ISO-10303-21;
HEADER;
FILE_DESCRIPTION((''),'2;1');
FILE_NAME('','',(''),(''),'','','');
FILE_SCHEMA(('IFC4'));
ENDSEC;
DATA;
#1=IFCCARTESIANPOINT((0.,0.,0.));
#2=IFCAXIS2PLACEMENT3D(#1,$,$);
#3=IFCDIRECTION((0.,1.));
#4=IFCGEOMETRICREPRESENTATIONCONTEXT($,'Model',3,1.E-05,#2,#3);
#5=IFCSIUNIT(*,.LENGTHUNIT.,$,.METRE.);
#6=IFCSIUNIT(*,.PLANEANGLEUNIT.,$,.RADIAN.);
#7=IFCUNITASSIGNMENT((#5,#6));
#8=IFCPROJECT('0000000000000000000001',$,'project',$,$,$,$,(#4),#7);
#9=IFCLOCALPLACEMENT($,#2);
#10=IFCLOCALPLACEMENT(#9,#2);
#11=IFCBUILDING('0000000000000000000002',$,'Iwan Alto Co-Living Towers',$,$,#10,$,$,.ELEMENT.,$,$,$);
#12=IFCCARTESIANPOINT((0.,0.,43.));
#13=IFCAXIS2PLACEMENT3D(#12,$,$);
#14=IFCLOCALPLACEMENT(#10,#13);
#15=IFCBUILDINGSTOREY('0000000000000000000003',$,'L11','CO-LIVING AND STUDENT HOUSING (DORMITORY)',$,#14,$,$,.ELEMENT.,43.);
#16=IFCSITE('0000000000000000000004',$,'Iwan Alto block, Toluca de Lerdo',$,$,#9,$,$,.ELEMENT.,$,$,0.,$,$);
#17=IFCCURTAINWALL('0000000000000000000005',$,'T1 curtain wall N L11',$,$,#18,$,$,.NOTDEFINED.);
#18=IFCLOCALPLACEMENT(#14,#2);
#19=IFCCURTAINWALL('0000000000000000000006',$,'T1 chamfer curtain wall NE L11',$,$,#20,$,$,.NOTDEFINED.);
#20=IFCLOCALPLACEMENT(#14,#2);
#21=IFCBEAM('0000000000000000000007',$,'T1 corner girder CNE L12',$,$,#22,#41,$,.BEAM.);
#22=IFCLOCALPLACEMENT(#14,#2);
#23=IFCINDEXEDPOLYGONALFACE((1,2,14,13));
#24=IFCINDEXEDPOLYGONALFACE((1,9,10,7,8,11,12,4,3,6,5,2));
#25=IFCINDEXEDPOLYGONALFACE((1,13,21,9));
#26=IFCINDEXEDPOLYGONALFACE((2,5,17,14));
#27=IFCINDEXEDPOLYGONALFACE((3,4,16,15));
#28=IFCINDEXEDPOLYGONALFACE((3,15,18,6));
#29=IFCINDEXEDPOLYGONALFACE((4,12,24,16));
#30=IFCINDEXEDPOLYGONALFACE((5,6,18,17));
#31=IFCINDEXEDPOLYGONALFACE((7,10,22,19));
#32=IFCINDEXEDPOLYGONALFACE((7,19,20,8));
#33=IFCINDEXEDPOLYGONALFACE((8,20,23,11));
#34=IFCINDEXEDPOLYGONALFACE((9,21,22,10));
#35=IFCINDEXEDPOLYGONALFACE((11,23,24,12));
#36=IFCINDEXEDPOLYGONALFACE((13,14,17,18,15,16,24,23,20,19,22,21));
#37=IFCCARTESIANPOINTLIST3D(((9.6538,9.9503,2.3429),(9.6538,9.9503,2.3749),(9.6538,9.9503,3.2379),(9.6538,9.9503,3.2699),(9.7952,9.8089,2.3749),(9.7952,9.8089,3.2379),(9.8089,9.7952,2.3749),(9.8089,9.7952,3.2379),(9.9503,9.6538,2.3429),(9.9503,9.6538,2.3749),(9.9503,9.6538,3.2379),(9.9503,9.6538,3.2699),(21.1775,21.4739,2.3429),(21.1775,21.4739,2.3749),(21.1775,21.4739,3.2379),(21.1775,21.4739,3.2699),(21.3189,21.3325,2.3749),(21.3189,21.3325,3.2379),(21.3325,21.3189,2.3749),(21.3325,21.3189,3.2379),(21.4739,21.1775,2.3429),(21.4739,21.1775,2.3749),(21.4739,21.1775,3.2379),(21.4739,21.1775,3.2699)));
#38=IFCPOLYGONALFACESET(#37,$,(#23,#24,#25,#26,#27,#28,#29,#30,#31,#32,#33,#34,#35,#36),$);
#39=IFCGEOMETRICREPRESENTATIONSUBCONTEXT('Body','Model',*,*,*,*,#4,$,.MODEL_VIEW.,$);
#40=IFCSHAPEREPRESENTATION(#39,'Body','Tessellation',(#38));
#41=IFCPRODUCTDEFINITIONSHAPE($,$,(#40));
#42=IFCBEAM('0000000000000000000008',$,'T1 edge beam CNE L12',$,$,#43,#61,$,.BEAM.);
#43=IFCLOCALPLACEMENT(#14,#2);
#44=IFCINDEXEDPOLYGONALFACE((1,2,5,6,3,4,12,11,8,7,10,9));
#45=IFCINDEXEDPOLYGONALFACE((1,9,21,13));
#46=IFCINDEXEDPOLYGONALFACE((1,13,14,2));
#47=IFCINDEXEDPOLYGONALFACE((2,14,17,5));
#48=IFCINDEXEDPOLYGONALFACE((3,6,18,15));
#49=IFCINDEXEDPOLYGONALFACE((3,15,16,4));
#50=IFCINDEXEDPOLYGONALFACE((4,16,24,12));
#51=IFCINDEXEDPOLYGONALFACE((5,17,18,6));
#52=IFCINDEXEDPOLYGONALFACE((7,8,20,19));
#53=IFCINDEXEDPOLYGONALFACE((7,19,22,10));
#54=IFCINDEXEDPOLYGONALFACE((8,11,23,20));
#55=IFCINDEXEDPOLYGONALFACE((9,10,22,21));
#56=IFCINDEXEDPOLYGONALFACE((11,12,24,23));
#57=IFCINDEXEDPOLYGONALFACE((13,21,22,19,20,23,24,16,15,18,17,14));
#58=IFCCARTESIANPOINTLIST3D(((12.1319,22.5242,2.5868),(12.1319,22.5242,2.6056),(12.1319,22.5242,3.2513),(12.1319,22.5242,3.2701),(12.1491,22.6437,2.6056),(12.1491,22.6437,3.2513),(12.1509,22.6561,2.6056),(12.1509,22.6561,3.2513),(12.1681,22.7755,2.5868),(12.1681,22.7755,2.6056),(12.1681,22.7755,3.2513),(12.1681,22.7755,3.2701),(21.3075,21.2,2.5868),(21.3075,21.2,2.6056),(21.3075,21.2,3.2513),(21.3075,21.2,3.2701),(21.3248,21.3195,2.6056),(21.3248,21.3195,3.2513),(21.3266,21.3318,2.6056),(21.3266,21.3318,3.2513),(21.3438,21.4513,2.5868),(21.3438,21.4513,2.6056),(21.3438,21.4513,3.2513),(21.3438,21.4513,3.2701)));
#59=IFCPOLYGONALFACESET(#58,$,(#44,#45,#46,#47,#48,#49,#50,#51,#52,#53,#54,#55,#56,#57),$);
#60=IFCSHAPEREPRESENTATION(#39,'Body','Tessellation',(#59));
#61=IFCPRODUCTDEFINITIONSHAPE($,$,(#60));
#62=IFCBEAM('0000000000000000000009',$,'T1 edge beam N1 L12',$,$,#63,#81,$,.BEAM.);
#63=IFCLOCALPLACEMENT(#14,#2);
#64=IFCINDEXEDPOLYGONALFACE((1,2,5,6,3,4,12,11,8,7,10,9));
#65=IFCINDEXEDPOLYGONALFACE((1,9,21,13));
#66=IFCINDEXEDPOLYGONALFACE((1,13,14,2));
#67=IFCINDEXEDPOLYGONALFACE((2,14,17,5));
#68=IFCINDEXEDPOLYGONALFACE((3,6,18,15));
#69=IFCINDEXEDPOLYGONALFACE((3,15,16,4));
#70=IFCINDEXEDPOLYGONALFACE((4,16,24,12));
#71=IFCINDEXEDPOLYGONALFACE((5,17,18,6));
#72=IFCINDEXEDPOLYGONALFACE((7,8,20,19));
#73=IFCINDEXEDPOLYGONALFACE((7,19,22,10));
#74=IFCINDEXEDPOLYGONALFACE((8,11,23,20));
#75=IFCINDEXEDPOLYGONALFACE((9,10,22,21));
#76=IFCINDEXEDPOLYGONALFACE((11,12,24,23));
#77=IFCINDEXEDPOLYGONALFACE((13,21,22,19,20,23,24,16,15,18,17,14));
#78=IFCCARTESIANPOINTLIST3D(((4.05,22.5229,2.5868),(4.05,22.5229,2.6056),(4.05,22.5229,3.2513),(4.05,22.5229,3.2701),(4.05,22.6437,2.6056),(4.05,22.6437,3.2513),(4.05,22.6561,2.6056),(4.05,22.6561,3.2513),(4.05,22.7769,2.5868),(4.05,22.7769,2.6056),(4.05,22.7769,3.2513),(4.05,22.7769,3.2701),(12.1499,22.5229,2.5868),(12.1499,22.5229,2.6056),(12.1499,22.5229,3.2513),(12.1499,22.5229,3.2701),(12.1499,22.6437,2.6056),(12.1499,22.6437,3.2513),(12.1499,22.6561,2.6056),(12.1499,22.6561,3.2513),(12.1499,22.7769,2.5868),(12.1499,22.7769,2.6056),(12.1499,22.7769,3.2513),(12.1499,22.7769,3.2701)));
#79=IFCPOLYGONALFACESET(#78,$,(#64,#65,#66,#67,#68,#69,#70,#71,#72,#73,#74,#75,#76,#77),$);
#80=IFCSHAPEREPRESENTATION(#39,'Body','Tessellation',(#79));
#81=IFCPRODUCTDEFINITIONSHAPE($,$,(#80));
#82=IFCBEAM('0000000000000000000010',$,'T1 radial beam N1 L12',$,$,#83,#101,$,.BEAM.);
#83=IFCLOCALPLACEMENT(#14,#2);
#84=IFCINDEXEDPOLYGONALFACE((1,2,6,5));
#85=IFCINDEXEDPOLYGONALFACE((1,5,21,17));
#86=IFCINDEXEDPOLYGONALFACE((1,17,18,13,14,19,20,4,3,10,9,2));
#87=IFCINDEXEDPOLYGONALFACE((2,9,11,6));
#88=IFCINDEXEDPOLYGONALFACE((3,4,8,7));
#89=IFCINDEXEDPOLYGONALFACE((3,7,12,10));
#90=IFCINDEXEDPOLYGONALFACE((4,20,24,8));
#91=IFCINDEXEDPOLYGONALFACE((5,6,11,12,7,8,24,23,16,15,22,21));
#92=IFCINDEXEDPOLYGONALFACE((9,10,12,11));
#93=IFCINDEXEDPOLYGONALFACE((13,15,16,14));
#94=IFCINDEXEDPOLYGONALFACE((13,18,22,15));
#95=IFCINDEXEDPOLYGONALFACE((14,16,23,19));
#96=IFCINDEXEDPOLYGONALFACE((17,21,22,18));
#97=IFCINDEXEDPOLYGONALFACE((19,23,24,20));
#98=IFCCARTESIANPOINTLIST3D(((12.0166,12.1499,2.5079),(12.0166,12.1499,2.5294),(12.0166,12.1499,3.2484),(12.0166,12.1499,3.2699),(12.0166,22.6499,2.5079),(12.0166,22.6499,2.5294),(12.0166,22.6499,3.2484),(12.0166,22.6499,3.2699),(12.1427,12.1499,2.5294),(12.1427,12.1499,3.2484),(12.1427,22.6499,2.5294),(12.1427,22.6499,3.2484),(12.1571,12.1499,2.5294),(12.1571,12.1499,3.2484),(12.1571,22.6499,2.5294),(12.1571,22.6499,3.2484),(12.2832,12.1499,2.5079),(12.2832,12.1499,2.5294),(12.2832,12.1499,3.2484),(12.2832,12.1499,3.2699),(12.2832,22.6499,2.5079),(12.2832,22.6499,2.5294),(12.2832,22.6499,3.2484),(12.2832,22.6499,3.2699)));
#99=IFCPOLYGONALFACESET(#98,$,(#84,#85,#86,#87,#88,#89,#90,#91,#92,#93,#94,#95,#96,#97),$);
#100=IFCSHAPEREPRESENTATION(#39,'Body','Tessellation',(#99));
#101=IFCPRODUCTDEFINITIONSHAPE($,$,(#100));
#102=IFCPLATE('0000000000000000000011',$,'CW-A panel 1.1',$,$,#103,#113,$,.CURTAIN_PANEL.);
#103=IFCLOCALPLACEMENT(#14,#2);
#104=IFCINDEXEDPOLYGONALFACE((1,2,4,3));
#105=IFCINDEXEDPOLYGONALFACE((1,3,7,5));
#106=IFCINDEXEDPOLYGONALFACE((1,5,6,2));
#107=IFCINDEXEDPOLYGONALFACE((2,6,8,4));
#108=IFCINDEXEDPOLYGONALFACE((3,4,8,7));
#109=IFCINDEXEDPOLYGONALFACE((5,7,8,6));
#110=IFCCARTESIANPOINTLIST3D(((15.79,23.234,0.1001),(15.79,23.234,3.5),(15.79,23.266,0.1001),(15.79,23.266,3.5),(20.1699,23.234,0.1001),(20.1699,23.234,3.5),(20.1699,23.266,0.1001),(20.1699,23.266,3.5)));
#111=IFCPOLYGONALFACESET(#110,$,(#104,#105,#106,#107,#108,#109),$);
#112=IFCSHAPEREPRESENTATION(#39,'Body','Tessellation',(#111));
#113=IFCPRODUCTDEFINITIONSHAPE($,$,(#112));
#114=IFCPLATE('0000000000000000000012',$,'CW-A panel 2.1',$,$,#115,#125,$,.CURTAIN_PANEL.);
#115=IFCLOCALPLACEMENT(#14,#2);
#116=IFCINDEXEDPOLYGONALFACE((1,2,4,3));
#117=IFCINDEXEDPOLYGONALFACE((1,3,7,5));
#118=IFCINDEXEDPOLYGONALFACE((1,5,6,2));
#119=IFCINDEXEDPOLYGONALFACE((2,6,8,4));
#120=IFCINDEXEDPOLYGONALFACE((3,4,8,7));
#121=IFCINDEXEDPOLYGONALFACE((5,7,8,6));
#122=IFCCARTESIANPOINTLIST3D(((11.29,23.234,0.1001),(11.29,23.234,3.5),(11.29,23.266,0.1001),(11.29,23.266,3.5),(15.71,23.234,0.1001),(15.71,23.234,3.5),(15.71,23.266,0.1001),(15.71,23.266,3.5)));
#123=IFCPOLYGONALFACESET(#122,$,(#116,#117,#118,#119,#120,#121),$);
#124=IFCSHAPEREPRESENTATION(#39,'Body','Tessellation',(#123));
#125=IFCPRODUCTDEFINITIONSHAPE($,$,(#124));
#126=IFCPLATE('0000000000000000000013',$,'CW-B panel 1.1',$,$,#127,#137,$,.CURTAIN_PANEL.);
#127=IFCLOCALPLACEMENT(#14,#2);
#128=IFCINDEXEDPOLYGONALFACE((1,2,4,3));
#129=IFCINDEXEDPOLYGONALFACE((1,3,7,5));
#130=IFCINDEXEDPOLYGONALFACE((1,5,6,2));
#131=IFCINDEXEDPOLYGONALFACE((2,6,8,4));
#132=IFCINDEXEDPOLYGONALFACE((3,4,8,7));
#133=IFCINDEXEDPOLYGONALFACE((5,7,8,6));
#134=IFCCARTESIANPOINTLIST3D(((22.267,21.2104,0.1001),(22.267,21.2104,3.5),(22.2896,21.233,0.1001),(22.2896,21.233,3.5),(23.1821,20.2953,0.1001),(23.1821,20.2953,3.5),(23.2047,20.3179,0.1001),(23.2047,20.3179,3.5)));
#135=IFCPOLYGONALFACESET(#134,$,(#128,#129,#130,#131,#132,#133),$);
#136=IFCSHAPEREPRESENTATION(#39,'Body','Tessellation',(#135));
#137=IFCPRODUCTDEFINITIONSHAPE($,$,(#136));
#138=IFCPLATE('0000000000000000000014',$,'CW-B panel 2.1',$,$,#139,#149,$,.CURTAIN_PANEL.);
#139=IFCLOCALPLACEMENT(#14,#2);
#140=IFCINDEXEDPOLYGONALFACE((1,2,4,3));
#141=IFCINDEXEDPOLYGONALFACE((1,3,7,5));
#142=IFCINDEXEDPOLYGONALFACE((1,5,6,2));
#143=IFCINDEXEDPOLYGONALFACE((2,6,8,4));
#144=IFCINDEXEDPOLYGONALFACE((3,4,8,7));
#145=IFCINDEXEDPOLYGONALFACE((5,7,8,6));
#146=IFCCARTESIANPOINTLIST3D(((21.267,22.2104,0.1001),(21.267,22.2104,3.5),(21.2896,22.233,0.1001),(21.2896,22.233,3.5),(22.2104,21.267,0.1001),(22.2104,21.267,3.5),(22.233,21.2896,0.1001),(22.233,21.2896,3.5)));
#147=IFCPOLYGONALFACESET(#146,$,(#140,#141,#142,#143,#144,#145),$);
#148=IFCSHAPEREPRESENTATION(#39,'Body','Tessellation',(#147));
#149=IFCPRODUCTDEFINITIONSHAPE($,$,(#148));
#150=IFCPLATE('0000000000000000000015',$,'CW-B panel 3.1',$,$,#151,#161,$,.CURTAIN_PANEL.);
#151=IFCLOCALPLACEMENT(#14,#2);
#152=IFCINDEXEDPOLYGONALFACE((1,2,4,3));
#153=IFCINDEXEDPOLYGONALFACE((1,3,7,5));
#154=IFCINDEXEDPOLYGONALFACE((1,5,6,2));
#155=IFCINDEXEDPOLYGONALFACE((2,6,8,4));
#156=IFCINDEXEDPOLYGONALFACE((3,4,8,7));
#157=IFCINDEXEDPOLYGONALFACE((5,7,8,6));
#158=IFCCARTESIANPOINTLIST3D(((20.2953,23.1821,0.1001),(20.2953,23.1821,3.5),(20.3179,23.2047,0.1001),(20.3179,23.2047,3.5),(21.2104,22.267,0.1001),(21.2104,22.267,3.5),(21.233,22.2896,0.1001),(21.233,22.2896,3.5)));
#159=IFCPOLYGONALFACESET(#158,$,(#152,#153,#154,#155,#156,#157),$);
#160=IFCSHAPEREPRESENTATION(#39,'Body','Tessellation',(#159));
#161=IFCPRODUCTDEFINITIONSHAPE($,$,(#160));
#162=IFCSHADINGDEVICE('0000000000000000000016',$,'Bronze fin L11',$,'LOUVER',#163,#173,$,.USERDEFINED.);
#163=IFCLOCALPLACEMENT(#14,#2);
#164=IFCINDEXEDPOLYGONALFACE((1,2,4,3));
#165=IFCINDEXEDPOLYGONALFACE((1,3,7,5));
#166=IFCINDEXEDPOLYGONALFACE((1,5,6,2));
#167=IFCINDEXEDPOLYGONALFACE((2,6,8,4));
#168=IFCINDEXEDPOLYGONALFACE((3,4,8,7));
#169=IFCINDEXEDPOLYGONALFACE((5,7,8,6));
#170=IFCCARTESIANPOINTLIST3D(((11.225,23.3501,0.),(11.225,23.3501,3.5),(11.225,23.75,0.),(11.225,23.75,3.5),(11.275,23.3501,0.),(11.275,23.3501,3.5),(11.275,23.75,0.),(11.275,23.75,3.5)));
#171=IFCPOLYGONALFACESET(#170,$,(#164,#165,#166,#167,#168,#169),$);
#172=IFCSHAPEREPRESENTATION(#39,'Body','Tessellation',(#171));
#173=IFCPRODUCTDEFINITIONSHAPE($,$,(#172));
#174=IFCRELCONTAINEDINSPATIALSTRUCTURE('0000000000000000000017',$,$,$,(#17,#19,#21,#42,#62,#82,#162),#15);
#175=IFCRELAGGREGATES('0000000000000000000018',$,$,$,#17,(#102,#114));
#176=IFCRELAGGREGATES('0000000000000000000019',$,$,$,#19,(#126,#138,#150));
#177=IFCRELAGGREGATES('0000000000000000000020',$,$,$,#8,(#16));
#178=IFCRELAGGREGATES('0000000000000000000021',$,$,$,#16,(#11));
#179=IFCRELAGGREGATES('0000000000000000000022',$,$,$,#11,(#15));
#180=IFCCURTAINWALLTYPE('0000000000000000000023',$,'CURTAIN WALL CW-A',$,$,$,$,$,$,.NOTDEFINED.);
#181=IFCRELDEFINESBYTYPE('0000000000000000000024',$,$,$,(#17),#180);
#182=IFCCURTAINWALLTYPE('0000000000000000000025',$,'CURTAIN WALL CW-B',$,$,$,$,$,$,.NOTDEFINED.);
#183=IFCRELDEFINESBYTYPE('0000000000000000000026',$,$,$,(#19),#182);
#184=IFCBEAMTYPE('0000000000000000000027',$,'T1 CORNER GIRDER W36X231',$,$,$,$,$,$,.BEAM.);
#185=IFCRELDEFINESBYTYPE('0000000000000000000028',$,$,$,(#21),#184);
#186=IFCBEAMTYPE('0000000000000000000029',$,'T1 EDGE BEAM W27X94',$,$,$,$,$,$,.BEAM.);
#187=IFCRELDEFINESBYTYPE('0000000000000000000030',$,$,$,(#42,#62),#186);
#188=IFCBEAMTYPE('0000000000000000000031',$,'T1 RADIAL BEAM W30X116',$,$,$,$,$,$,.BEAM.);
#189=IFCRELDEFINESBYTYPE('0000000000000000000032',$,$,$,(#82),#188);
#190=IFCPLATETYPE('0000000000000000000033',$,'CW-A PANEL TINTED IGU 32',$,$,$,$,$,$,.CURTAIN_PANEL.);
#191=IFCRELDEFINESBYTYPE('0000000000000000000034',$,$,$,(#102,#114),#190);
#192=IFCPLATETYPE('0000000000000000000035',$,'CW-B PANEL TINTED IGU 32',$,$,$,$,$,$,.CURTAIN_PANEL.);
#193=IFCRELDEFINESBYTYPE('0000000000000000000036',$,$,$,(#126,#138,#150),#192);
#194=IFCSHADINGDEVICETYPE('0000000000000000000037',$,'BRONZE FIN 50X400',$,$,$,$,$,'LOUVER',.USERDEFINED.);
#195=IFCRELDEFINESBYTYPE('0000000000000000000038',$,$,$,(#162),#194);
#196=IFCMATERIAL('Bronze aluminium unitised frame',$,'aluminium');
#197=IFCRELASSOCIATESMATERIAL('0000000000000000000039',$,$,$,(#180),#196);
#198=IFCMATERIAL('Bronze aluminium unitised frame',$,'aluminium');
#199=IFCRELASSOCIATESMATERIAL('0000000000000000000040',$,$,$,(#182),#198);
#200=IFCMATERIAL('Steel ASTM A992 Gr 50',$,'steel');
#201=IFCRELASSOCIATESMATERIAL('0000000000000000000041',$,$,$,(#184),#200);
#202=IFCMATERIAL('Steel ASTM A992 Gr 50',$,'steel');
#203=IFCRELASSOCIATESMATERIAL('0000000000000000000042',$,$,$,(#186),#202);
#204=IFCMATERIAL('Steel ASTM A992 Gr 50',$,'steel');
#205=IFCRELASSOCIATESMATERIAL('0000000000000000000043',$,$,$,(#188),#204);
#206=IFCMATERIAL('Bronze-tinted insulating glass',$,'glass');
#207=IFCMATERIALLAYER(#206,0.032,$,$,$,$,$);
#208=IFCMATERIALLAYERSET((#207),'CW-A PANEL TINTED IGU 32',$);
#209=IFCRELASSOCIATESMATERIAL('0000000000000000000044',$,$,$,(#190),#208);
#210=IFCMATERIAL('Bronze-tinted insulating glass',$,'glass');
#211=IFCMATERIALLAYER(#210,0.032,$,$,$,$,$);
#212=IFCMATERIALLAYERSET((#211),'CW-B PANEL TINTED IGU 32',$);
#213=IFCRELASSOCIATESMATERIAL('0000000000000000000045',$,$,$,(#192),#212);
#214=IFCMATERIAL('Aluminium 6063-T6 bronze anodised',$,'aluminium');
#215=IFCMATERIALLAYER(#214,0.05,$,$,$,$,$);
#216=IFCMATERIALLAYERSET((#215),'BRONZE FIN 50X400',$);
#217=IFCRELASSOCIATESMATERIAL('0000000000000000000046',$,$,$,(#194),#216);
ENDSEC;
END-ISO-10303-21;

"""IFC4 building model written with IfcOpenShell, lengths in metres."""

from ifc_helpers import new_model, si_unit, direction, frame, origin, origin_2d, place, context, subcontext, project, spatial, rectangle, i_section, extrude, material, layer, layer_set, material_profile, profile_set, type_object, element, aggregate, save


model = new_model("IFC4")

# Units and contexts
model_context = context("Model", 3, precision=1e-05, world=origin(), true_north=direction((0.0, 1.0)))
body_context = subcontext(model_context, "Body", "Model", "MODEL_VIEW")
ifc_project = project(units=[si_unit("LENGTHUNIT", "METRE"), si_unit("PLANEANGLEUNIT", "RADIAN")], contexts=[model_context])

# Site, building, storey
site_placement = place(None, origin())
site = spatial("IfcSite", under=ifc_project, at=site_placement, Name="Iwan Alto block, Toluca de Lerdo", CompositionType="ELEMENT", RefElevation=0.0)
building_placement = place(site_placement, origin())
building = spatial("IfcBuilding", under=site, at=building_placement, Name="Iwan Alto Co-Living Towers", CompositionType="ELEMENT")
storey_placement = place(building_placement, frame((0.0, 0.0, 43.0)))
storey = spatial("IfcBuildingStorey", under=building, at=storey_placement, Name="L11", Description="CO-LIVING AND STUDENT HOUSING (DORMITORY)", CompositionType="ELEMENT", Elevation=43.0)

# Curtain walls
ifc_material_1 = material(Name="Bronze aluminium unitised frame", Category="aluminium")
curtain_wall_type_1 = type_object("IfcCurtainWallType", Name="CURTAIN WALL CW-A", PredefinedType="NOTDEFINED", material=ifc_material_1)
curtain_wall_1_placement = place(storey_placement, origin())
curtain_wall_1 = element("IfcCurtainWall", 1, at=curtain_wall_1_placement, inside=storey, type_object=curtain_wall_type_1, Name="T1 curtain wall N L11", PredefinedType="NOTDEFINED")
ifc_material_2 = material(Name="Bronze aluminium unitised frame", Category="aluminium")
curtain_wall_type_2 = type_object("IfcCurtainWallType", Name="CURTAIN WALL CW-B", PredefinedType="NOTDEFINED", material=ifc_material_2)
curtain_wall_2_placement = place(storey_placement, origin())
curtain_wall_2 = element("IfcCurtainWall", 2, at=curtain_wall_2_placement, inside=storey, type_object=curtain_wall_type_2, Name="T1 chamfer curtain wall NE L11", PredefinedType="NOTDEFINED")

# Beams
ifc_material_3 = material(Name="Steel ASTM A992 Gr 50", Category="steel")
ifc_material_profile_1 = material_profile(ifc_material_3, i_section(OverallWidth=0.4192, OverallDepth=0.927, WebThickness=0.0193, FlangeThickness=0.032, at=origin_2d()), Name="W36X231")
ifc_profile_set_1 = profile_set([ifc_material_profile_1], Name="Steel ASTM A992 Gr 50")
beam_type_1 = type_object("IfcBeamType", Name="T1 CORNER GIRDER W36X231", PredefinedType="BEAM", material=ifc_profile_set_1)
beam_1_placement = place(storey_placement, frame((21.3257, 21.3257, 2.8064), z_axis=(-0.707107, -0.707107, 0.0), x_axis=(0.707107, -0.707107, 0.0)))
element("IfcBeam", 3, at=beam_1_placement, inside=storey, type_object=beam_type_1, Name="T1 corner girder CNE L12", PredefinedType="BEAM", context=body_context, shape_type="SweptSolid", body=[
    extrude(i_section(OverallWidth=0.4192, OverallDepth=0.927, WebThickness=0.0193, FlangeThickness=0.032, at=origin_2d()), origin(), (0.0, 0.0, 1.0), 16.2969),
])
ifc_material_4 = material(Name="Steel ASTM A992 Gr 50", Category="steel")
ifc_material_profile_2 = material_profile(ifc_material_4, i_section(OverallWidth=0.2539, OverallDepth=0.6833, WebThickness=0.0125, FlangeThickness=0.0188, at=origin_2d()), Name="W27X94")
ifc_profile_set_2 = profile_set([ifc_material_profile_2], Name="Steel ASTM A992 Gr 50")
beam_type_2 = type_object("IfcBeamType", Name="T1 EDGE BEAM W27X94", PredefinedType="BEAM", material=ifc_profile_set_2)
beam_2_placement = place(storey_placement, frame((21.3257, 21.3257, 2.9285), z_axis=(-0.989746, 0.142837, 0.0), x_axis=(-0.142837, -0.989746, 0.0)))
element("IfcBeam", 4, at=beam_2_placement, inside=storey, type_object=beam_type_2, Name="T1 edge beam CNE L12", PredefinedType="BEAM", context=body_context, shape_type="SweptSolid", body=[
    extrude(i_section(OverallWidth=0.2539, OverallDepth=0.6833, WebThickness=0.0125, FlangeThickness=0.0188, at=origin_2d()), origin(), (0.0, 0.0, 1.0), 9.2708),
])
beam_3_placement = place(storey_placement, frame((12.1499, 22.6499, 2.9285), z_axis=(-1.0, 0.0, 0.0), x_axis=(0.0, -1.0, 0.0)))
element("IfcBeam", 5, at=beam_3_placement, inside=storey, type_object=beam_type_2, Name="T1 edge beam N1 L12", PredefinedType="BEAM", context=body_context, shape_type="SweptSolid", body=[
    extrude(i_section(OverallWidth=0.2539, OverallDepth=0.6833, WebThickness=0.0125, FlangeThickness=0.0188, at=origin_2d()), origin(), (0.0, 0.0, 1.0), 8.0999),
])
ifc_material_5 = material(Name="Steel ASTM A992 Gr 50", Category="steel")
ifc_material_profile_3 = material_profile(ifc_material_5, i_section(OverallWidth=0.2666, OverallDepth=0.762, WebThickness=0.0144, FlangeThickness=0.0215, at=origin_2d()), Name="W30X116")
ifc_profile_set_3 = profile_set([ifc_material_profile_3], Name="Steel ASTM A992 Gr 50")
beam_type_3 = type_object("IfcBeamType", Name="T1 RADIAL BEAM W30X116", PredefinedType="BEAM", material=ifc_profile_set_3)
beam_4_placement = place(storey_placement, frame((12.1499, 22.6499, 2.8889), z_axis=(0.0, -1.0, 0.0), x_axis=(1.0, 0.0, 0.0)))
element("IfcBeam", 6, at=beam_4_placement, inside=storey, type_object=beam_type_3, Name="T1 radial beam N1 L12", PredefinedType="BEAM", context=body_context, shape_type="SweptSolid", body=[
    extrude(i_section(OverallWidth=0.2666, OverallDepth=0.762, WebThickness=0.0144, FlangeThickness=0.0215, at=origin_2d()), origin(), (0.0, 0.0, 1.0), 10.5),
])

# Plates
ifc_material_6 = material(Name="Bronze-tinted insulating glass", Category="glass")
ifc_layer_1 = layer(ifc_material_6, 0.032)
ifc_layer_set_1 = layer_set([ifc_layer_1], Name="CW-A PANEL TINTED IGU 32")
plate_type_1 = type_object("IfcPlateType", Name="CW-A PANEL TINTED IGU 32", PredefinedType="CURTAIN_PANEL", material=ifc_layer_set_1)
plate_1_placement = place(storey_placement, frame((17.98, 23.25, 0.1001), z_axis=(0.0, 0.0, 1.0), x_axis=(-1.0, 0.0, 0.0)))
plate_1 = element("IfcPlate", 7, at=plate_1_placement, type_object=plate_type_1, Name="CW-A panel 1.1", PredefinedType="CURTAIN_PANEL", context=body_context, shape_type="SweptSolid", body=[
    extrude(rectangle(XDim=4.3799, YDim=0.032, at=origin_2d()), origin(), (0.0, 0.0, 1.0), 3.3999),
])
plate_2_placement = place(storey_placement, frame((13.5, 23.25, 0.1001), z_axis=(0.0, 0.0, 1.0), x_axis=(-1.0, 0.0, 0.0)))
plate_2 = element("IfcPlate", 8, at=plate_2_placement, type_object=plate_type_1, Name="CW-A panel 2.1", PredefinedType="CURTAIN_PANEL", context=body_context, shape_type="SweptSolid", body=[
    extrude(rectangle(XDim=4.4199, YDim=0.032, at=origin_2d()), origin(), (0.0, 0.0, 1.0), 3.3999),
])
aggregate(curtain_wall_1, [plate_1, plate_2])
ifc_material_7 = material(Name="Bronze-tinted insulating glass", Category="glass")
ifc_layer_2 = layer(ifc_material_7, 0.032)
ifc_layer_set_2 = layer_set([ifc_layer_2], Name="CW-B PANEL TINTED IGU 32")
plate_type_2 = type_object("IfcPlateType", Name="CW-B PANEL TINTED IGU 32", PredefinedType="CURTAIN_PANEL", material=ifc_layer_set_2)
plate_3_placement = place(storey_placement, frame((22.7358, 20.7642, 0.1001), z_axis=(0.0, 0.0, 1.0), x_axis=(-0.707107, 0.707107, 0.0)))
plate_3 = element("IfcPlate", 9, at=plate_3_placement, type_object=plate_type_2, Name="CW-B panel 1.1", PredefinedType="CURTAIN_PANEL", context=body_context, shape_type="SweptSolid", body=[
    extrude(rectangle(XDim=1.2942, YDim=0.032, at=origin_2d()), origin(), (0.0, 0.0, 1.0), 3.3999),
])
plate_4_placement = place(storey_placement, frame((21.75, 21.75, 0.1001), z_axis=(0.0, 0.0, 1.0), x_axis=(-0.707107, 0.707107, 0.0)))
plate_4 = element("IfcPlate", 10, at=plate_4_placement, type_object=plate_type_2, Name="CW-B panel 2.1", PredefinedType="CURTAIN_PANEL", context=body_context, shape_type="SweptSolid", body=[
    extrude(rectangle(XDim=1.3342, YDim=0.032, at=origin_2d()), origin(), (0.0, 0.0, 1.0), 3.3999),
])
plate_5_placement = place(storey_placement, frame((20.7642, 22.7358, 0.1001), z_axis=(0.0, 0.0, 1.0), x_axis=(-0.707107, 0.707107, 0.0)))
plate_5 = element("IfcPlate", 11, at=plate_5_placement, type_object=plate_type_2, Name="CW-B panel 3.1", PredefinedType="CURTAIN_PANEL", context=body_context, shape_type="SweptSolid", body=[
    extrude(rectangle(XDim=1.2942, YDim=0.032, at=origin_2d()), origin(), (0.0, 0.0, 1.0), 3.3999),
])
aggregate(curtain_wall_2, [plate_3, plate_4, plate_5])

# Shading device
ifc_material_8 = material(Name="Aluminium 6063-T6 bronze anodised", Category="aluminium")
ifc_layer_3 = layer(ifc_material_8, 0.05)
ifc_layer_set_3 = layer_set([ifc_layer_3], Name="BRONZE FIN 50X400")
shading_device_type = type_object("IfcShadingDeviceType", Name="BRONZE FIN 50X400", ElementType="LOUVER", PredefinedType="USERDEFINED", material=ifc_layer_set_3)
shading_device_placement = place(storey_placement, frame((11.25, 23.55, 0.0), z_axis=(0.0, 0.0, 1.0), x_axis=(-1.0, 0.0, 0.0)))
element("IfcShadingDevice", 12, at=shading_device_placement, inside=storey, type_object=shading_device_type, Name="Bronze fin L11", ObjectType="LOUVER", PredefinedType="USERDEFINED", context=body_context, shape_type="SweptSolid", body=[
    extrude(rectangle(XDim=0.05, YDim=0.3999, at=origin_2d()), origin(), (0.0, 0.0, 1.0), 3.5),
])

save(model, "model.ifc")
